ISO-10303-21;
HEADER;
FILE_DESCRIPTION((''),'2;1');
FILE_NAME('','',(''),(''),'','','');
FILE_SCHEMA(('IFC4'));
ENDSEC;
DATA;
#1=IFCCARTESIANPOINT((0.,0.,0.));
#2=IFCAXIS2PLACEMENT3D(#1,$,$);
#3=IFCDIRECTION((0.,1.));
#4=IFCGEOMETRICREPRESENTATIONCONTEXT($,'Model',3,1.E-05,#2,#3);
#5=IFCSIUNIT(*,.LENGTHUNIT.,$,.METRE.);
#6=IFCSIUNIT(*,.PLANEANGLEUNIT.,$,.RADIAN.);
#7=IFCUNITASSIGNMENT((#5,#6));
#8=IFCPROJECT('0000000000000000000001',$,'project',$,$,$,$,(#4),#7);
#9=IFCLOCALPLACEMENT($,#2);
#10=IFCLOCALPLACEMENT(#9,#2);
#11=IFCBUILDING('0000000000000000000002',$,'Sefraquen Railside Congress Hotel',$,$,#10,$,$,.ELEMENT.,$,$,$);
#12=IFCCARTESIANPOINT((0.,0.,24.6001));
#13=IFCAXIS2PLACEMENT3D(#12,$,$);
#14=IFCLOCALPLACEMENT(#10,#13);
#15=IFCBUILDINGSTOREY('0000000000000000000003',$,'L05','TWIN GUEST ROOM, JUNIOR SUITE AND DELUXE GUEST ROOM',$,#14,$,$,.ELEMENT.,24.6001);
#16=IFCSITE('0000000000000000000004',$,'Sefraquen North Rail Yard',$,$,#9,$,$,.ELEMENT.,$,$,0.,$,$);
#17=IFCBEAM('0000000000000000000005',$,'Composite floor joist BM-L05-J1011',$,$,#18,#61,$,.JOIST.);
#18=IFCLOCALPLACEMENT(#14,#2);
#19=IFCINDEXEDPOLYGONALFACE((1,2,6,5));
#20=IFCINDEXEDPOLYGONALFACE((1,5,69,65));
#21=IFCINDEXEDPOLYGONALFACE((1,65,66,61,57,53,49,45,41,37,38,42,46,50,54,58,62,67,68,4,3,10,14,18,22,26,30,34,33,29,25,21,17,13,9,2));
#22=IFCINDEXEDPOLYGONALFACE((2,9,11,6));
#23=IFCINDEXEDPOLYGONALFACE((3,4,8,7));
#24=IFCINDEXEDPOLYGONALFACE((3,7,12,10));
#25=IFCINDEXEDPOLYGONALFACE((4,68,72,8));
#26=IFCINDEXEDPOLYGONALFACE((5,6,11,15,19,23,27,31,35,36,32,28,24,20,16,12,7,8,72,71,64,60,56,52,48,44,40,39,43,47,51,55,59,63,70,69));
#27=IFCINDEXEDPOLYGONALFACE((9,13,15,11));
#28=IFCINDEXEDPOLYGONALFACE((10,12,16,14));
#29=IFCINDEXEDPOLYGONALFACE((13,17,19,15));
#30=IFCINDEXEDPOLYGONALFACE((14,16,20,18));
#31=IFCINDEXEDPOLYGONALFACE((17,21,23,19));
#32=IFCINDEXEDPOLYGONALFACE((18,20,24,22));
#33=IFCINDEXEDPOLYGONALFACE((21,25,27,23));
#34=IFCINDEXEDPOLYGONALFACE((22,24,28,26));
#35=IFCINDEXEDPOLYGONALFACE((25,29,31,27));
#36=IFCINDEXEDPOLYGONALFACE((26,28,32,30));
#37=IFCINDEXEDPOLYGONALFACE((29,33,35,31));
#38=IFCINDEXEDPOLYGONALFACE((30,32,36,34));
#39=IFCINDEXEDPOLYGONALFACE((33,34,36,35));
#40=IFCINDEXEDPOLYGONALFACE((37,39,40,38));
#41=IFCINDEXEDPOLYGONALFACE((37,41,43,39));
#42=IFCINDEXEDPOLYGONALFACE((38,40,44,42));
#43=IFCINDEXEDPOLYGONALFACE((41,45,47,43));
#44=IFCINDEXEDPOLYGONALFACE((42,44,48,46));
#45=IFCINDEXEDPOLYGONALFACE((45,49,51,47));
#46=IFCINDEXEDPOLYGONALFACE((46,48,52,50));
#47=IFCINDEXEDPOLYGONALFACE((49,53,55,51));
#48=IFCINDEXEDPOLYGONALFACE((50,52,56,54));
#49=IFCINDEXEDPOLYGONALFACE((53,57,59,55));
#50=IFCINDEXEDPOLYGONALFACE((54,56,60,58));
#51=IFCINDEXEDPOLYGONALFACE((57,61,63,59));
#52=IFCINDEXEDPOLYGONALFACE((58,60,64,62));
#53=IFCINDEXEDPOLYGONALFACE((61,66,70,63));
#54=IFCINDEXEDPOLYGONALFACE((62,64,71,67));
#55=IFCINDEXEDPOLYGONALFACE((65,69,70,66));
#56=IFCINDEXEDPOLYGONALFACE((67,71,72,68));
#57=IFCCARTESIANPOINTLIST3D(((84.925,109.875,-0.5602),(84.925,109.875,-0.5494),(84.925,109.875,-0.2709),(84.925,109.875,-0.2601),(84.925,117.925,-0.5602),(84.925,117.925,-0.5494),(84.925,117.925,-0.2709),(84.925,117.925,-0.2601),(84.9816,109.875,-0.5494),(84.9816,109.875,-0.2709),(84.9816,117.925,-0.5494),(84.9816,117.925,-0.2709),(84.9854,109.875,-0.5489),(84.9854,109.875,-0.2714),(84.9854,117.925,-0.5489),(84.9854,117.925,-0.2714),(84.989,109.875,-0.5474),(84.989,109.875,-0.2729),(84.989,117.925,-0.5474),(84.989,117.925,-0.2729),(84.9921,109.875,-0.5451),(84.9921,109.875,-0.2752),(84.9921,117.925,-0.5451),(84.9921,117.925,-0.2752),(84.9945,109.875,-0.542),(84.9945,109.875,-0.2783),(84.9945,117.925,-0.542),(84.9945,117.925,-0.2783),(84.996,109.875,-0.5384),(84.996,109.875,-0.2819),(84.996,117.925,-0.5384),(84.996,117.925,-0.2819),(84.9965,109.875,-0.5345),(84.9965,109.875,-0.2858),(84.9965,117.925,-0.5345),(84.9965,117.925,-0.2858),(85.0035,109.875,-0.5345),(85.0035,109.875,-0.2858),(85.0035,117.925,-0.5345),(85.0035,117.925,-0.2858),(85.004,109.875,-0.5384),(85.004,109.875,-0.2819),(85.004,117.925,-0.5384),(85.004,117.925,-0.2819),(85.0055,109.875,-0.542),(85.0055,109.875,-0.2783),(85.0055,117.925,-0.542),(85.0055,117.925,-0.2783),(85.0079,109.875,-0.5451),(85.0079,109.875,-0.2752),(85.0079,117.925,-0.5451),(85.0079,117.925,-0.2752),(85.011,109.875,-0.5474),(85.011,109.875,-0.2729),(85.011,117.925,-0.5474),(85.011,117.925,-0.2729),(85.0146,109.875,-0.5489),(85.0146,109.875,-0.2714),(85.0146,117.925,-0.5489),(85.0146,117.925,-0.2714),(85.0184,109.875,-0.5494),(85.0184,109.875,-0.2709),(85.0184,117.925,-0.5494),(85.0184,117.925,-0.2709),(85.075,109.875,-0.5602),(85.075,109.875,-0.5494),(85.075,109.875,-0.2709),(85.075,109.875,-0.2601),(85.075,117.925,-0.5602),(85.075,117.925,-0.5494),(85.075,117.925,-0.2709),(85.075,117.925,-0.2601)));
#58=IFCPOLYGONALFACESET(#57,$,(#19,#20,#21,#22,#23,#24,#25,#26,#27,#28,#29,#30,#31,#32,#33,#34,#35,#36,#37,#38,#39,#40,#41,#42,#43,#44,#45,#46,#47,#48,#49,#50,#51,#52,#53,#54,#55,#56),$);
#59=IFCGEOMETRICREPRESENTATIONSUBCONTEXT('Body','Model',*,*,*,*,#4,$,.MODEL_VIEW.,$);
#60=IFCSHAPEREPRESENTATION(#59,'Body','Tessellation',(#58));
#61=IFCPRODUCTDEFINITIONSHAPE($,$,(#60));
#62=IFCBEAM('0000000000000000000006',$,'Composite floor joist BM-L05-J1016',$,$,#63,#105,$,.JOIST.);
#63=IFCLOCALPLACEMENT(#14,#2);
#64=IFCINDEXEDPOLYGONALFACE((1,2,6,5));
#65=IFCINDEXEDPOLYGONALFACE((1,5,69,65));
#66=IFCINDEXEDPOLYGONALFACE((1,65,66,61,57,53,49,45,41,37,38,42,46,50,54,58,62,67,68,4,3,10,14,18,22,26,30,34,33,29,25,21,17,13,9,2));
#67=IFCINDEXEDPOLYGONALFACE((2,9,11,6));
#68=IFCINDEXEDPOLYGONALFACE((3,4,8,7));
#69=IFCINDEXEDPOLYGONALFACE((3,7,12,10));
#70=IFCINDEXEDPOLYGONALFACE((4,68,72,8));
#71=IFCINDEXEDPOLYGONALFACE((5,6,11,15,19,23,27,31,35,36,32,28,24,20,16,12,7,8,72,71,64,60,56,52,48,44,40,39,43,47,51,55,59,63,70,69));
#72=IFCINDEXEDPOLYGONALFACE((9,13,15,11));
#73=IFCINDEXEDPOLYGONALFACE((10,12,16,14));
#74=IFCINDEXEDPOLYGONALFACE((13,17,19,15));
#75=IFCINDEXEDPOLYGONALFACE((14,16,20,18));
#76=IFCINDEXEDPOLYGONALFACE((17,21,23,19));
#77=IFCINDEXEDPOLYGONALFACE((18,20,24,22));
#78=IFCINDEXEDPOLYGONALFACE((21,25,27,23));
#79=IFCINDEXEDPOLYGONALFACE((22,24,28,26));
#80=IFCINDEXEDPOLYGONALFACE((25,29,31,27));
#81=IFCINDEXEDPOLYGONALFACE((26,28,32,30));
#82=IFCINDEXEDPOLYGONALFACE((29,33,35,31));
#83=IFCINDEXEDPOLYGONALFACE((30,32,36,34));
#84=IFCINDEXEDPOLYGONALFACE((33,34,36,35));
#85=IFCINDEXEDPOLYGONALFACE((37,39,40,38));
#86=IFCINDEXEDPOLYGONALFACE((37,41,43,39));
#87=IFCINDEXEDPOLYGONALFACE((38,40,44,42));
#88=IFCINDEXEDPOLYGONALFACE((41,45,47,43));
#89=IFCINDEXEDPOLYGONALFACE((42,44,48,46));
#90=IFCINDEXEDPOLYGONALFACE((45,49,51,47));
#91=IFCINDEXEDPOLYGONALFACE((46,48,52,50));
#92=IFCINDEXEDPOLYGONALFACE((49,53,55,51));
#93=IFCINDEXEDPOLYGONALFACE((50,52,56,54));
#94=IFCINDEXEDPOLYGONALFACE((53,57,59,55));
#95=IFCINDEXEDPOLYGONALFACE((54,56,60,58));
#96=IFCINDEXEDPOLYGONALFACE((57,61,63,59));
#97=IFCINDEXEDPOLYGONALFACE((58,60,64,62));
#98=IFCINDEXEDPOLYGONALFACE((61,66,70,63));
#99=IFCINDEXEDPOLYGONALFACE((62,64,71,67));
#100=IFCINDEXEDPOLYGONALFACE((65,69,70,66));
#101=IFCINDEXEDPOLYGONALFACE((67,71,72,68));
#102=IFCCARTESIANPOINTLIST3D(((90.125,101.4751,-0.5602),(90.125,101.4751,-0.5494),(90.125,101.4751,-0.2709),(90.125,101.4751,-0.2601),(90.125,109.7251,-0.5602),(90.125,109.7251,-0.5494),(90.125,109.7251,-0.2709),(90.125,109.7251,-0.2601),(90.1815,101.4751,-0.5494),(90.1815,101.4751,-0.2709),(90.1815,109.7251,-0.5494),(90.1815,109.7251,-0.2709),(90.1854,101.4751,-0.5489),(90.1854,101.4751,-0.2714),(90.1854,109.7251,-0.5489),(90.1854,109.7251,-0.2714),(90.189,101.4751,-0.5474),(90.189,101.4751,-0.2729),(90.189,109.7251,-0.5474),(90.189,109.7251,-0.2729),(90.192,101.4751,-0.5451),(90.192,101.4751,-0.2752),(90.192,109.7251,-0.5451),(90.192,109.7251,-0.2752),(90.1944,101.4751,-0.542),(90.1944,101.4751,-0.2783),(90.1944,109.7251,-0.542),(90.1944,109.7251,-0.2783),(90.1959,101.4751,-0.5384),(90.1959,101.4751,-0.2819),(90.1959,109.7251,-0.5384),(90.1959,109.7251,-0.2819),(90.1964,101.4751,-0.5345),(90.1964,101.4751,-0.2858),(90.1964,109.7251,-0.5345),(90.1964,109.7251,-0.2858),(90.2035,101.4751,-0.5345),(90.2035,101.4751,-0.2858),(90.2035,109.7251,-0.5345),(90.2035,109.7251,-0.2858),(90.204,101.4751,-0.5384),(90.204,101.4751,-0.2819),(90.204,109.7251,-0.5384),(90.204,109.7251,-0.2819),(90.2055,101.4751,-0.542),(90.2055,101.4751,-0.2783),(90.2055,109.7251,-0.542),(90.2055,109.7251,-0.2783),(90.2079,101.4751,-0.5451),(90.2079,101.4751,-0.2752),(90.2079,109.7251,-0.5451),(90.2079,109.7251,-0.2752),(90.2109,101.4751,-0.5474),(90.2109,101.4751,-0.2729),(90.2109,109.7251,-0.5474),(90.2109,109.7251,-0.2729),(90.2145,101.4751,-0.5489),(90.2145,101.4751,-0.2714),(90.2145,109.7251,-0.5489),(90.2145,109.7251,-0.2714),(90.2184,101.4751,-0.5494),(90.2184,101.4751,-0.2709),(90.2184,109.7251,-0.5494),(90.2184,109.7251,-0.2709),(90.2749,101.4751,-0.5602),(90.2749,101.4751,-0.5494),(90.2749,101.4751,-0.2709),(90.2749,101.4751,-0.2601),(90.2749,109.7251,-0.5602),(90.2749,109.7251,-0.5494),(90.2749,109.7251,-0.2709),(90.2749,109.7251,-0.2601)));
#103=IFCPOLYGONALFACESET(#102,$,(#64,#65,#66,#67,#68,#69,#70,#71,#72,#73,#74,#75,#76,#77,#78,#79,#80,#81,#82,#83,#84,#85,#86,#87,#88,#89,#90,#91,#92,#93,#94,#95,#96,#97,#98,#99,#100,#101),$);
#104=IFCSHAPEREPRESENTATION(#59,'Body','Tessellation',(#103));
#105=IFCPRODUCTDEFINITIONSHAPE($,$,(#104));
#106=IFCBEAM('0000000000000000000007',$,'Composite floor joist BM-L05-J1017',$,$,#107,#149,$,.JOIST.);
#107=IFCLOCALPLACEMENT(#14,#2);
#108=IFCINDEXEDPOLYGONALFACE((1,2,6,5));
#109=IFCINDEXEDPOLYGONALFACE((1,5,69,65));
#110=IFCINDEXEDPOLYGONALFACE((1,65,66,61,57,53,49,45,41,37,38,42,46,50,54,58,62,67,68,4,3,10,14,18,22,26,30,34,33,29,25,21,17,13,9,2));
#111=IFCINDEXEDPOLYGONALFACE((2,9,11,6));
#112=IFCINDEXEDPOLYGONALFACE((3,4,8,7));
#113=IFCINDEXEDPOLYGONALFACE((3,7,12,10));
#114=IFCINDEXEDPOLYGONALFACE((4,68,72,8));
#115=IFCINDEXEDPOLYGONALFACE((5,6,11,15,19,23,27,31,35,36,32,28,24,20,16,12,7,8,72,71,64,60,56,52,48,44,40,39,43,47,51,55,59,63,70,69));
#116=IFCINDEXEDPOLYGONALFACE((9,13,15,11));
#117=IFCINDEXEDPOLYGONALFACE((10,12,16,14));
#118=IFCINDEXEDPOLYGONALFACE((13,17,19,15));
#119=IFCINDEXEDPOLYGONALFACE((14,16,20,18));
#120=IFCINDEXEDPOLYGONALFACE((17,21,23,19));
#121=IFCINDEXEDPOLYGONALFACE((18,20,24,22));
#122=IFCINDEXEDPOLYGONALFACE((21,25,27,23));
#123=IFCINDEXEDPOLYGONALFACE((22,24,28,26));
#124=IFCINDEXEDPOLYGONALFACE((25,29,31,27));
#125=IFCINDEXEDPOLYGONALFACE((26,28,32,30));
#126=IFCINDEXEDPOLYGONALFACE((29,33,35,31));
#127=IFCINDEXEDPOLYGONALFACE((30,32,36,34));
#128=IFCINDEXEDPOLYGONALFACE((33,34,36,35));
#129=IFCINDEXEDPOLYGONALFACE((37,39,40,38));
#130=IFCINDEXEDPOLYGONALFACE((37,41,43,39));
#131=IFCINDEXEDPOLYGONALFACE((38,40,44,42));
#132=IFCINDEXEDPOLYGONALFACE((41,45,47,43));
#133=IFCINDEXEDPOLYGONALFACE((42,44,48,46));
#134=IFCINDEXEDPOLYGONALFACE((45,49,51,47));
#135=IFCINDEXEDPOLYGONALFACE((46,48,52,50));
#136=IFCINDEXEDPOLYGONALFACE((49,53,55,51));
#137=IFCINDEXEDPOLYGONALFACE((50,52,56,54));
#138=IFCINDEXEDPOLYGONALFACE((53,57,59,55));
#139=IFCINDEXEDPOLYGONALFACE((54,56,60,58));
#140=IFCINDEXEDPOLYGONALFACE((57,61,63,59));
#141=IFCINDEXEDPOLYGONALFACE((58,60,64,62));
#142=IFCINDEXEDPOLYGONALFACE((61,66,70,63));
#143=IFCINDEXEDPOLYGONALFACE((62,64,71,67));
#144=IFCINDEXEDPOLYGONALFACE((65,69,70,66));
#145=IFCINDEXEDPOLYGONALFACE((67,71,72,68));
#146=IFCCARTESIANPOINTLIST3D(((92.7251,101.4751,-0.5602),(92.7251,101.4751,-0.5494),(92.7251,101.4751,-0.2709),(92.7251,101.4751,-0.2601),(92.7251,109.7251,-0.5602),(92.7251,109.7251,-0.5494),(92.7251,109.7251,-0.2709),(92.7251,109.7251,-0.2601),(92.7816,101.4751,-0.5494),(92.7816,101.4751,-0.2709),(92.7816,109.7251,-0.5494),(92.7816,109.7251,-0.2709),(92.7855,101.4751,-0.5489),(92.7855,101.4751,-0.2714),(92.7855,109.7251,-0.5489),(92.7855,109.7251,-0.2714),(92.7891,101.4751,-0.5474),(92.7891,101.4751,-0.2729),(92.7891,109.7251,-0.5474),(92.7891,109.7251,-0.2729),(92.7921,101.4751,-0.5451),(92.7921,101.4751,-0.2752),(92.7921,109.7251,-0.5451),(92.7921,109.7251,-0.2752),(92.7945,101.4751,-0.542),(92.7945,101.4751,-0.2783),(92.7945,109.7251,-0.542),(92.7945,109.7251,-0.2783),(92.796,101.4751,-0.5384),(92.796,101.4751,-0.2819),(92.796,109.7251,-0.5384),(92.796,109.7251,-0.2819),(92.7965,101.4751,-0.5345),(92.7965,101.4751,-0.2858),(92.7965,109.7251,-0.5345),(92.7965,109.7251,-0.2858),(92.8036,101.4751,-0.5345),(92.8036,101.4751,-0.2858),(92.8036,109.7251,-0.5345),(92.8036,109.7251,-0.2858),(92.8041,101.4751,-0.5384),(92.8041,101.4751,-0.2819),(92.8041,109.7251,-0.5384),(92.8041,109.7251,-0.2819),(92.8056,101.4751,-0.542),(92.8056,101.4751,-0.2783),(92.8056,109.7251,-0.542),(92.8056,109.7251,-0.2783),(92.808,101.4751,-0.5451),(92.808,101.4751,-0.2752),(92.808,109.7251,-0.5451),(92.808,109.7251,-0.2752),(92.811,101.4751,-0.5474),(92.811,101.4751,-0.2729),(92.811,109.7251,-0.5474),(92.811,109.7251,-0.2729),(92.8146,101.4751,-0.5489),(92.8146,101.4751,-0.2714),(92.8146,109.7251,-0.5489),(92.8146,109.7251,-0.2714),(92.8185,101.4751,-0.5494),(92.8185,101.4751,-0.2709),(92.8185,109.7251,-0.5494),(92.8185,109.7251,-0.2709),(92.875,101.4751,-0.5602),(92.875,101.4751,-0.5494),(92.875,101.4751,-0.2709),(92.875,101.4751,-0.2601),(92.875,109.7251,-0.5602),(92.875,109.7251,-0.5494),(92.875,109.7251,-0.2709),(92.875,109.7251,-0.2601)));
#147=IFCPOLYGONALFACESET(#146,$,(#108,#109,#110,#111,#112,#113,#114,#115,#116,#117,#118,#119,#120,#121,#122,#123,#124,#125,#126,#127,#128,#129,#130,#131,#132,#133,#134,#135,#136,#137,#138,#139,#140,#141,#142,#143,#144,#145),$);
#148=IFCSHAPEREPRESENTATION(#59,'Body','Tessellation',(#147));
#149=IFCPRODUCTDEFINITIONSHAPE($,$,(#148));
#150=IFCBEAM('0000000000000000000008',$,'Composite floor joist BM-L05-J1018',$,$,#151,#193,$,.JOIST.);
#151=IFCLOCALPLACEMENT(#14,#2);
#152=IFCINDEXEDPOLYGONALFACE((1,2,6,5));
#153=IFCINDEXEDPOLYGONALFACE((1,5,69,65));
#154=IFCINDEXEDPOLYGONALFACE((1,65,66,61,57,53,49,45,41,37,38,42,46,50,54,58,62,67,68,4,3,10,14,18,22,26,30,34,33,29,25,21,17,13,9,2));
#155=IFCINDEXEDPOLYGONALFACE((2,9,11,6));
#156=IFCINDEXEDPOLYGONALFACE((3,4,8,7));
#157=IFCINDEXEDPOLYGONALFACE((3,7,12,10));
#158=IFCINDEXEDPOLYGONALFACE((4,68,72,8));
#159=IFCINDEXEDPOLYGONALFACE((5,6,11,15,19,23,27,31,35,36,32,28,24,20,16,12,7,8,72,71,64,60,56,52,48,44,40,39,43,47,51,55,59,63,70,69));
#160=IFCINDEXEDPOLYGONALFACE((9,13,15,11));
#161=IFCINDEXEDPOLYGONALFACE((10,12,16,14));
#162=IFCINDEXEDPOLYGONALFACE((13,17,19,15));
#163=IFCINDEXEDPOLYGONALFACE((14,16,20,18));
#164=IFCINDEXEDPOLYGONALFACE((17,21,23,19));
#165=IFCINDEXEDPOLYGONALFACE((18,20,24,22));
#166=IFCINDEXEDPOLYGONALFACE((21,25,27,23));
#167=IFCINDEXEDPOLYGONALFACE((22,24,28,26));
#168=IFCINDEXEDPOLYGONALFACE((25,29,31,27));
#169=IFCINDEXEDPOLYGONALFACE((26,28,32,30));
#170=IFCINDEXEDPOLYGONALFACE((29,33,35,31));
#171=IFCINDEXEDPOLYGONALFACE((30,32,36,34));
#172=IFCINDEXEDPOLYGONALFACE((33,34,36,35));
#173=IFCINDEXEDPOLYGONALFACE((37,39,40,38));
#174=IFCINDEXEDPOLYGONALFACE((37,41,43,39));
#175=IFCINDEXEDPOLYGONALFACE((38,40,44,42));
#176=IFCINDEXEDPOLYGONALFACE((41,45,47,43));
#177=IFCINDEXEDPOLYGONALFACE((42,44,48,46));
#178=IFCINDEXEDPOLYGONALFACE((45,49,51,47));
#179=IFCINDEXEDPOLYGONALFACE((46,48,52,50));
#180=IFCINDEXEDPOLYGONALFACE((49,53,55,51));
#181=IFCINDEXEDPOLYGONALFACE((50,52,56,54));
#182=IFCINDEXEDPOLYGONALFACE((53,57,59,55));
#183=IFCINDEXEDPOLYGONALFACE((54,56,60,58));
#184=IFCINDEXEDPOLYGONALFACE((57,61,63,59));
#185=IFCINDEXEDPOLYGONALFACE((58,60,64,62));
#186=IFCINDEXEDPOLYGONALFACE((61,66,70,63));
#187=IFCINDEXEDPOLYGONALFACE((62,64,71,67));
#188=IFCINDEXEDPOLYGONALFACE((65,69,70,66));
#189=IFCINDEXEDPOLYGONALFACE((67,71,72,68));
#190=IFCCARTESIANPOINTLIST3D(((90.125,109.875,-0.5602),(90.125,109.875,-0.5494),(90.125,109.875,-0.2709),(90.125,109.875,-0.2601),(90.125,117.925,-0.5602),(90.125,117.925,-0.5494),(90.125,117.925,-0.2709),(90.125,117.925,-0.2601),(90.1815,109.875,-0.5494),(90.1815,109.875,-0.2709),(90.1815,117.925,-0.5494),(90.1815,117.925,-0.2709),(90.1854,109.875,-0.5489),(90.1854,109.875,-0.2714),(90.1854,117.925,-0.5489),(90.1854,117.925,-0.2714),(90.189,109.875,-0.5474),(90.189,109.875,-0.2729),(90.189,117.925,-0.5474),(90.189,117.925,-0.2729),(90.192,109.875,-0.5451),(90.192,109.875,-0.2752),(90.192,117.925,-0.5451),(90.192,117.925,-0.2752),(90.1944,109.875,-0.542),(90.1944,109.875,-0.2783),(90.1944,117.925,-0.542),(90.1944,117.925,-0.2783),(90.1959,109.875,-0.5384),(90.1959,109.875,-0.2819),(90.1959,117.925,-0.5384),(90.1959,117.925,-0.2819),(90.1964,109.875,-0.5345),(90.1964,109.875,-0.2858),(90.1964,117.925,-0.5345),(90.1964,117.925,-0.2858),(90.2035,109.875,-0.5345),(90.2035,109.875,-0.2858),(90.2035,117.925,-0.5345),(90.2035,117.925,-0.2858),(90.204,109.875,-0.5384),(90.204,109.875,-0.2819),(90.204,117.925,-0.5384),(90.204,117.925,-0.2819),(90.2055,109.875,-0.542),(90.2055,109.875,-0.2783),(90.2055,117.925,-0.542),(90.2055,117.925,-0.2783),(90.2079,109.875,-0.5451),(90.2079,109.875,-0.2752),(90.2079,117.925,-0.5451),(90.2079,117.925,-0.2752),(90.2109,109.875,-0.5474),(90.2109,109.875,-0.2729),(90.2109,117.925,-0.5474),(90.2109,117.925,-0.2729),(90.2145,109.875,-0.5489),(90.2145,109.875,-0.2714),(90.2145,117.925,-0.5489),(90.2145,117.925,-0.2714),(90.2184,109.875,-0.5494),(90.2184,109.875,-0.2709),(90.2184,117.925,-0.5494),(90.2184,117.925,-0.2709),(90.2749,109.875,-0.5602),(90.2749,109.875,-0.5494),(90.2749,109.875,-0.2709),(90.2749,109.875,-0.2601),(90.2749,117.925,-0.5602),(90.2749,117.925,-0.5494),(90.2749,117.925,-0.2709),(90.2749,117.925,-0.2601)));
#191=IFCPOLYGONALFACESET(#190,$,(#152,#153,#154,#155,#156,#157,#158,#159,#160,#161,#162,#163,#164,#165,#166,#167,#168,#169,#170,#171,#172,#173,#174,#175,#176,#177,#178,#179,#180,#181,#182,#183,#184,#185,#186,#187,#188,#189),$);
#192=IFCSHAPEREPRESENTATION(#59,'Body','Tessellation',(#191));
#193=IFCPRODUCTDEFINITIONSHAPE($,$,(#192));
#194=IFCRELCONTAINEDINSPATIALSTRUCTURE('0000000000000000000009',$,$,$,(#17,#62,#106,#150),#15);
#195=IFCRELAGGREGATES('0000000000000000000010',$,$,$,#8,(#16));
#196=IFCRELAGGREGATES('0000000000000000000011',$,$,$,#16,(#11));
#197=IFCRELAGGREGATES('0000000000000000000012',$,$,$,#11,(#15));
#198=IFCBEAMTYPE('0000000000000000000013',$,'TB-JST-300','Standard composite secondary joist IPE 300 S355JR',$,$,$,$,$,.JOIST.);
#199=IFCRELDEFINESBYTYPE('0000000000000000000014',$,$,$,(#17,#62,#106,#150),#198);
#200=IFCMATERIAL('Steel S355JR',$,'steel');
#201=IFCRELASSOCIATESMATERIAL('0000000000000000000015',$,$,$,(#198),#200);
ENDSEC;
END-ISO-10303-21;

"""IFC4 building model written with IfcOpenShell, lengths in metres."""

from ifc_helpers import new_model, si_unit, direction, frame, origin, origin_2d, place, context, subcontext, project, spatial, i_section, extrude, material, material_profile, profile_set, type_object, element, save


model = new_model("IFC4")

# Units and contexts
model_context = context("Model", 3, precision=1e-05, world=origin(), true_north=direction((0.0, 1.0)))
body_context = subcontext(model_context, "Body", "Model", "MODEL_VIEW")
ifc_project = project(units=[si_unit("LENGTHUNIT", "METRE"), si_unit("PLANEANGLEUNIT", "RADIAN")], contexts=[model_context])

# Site, building, storey
site_placement = place(None, origin())
site = spatial("IfcSite", under=ifc_project, at=site_placement, Name="Sefraquen North Rail Yard", CompositionType="ELEMENT", RefElevation=0.0)
building_placement = place(site_placement, origin())
building = spatial("IfcBuilding", under=site, at=building_placement, Name="Sefraquen Railside Congress Hotel", CompositionType="ELEMENT")
storey_placement = place(building_placement, frame((0.0, 0.0, 24.6001)))
storey = spatial("IfcBuildingStorey", under=building, at=storey_placement, Name="L05", Description="TWIN GUEST ROOM, JUNIOR SUITE AND DELUXE GUEST ROOM", CompositionType="ELEMENT", Elevation=24.6001)

# Shared definitions
ifc_material_1 = material(Name="Steel S355JR", Category="steel")

# Beams
ifc_material_profile_1 = material_profile(ifc_material_1, i_section(OverallWidth=0.1499, OverallDepth=0.3, WebThickness=0.0071, FlangeThickness=0.0107, FilletRadius=0.0149, at=origin_2d()), Name="IPE 300")
ifc_profile_set_1 = profile_set([ifc_material_profile_1], Name="Steel S355JR")
beam_type_1 = type_object("IfcBeamType", Name="TB-JST-300", Description="Standard composite secondary joist IPE 300 S355JR", PredefinedType="JOIST", material=ifc_profile_set_1)
for number, where, z_axis, x_axis, name in (
    (1, (85.0, 109.875, -0.4102), (0.0, 1.0, 0.0), (-1.0, 0.0, 0.0), "Composite floor joist BM-L05-J1011"),
):
    element("IfcBeam", number, at=place(storey_placement, frame(where, z_axis=z_axis, x_axis=x_axis)), inside=storey, type_object=beam_type_1, Name=name, PredefinedType="JOIST", context=body_context, shape_type="SweptSolid", body=[
        extrude(i_section(OverallWidth=0.1499, OverallDepth=0.3, WebThickness=0.0071, FlangeThickness=0.0107, FilletRadius=0.0149, at=origin_2d()), origin(), (0.0, 0.0, 1.0), 8.05),
    ])
for number, where, z_axis, x_axis, name in (
    (2, (90.2, 101.4751, -0.4102), (0.0, 1.0, 0.0), (-1.0, 0.0, 0.0), "Composite floor joist BM-L05-J1016"),
    (3, (92.8, 101.4751, -0.4102), (0.0, 1.0, 0.0), (-1.0, 0.0, 0.0), "Composite floor joist BM-L05-J1017"),
):
    element("IfcBeam", number, at=place(storey_placement, frame(where, z_axis=z_axis, x_axis=x_axis)), inside=storey, type_object=beam_type_1, Name=name, PredefinedType="JOIST", context=body_context, shape_type="SweptSolid", body=[
        extrude(i_section(OverallWidth=0.1499, OverallDepth=0.3, WebThickness=0.0071, FlangeThickness=0.0107, FilletRadius=0.0149, at=origin_2d()), origin(), (0.0, 0.0, 1.0), 8.25),
    ])
beam_1_placement = place(storey_placement, frame((90.2, 109.875, -0.4102), z_axis=(0.0, 1.0, 0.0), x_axis=(-1.0, 0.0, 0.0)))
element("IfcBeam", 4, at=beam_1_placement, inside=storey, type_object=beam_type_1, Name="Composite floor joist BM-L05-J1018", PredefinedType="JOIST", context=body_context, shape_type="SweptSolid", body=[
    extrude(i_section(OverallWidth=0.1499, OverallDepth=0.3, WebThickness=0.0071, FlangeThickness=0.0107, FilletRadius=0.0149, at=origin_2d()), origin(), (0.0, 0.0, 1.0), 8.05),
])

save(model, "model.ifc")
